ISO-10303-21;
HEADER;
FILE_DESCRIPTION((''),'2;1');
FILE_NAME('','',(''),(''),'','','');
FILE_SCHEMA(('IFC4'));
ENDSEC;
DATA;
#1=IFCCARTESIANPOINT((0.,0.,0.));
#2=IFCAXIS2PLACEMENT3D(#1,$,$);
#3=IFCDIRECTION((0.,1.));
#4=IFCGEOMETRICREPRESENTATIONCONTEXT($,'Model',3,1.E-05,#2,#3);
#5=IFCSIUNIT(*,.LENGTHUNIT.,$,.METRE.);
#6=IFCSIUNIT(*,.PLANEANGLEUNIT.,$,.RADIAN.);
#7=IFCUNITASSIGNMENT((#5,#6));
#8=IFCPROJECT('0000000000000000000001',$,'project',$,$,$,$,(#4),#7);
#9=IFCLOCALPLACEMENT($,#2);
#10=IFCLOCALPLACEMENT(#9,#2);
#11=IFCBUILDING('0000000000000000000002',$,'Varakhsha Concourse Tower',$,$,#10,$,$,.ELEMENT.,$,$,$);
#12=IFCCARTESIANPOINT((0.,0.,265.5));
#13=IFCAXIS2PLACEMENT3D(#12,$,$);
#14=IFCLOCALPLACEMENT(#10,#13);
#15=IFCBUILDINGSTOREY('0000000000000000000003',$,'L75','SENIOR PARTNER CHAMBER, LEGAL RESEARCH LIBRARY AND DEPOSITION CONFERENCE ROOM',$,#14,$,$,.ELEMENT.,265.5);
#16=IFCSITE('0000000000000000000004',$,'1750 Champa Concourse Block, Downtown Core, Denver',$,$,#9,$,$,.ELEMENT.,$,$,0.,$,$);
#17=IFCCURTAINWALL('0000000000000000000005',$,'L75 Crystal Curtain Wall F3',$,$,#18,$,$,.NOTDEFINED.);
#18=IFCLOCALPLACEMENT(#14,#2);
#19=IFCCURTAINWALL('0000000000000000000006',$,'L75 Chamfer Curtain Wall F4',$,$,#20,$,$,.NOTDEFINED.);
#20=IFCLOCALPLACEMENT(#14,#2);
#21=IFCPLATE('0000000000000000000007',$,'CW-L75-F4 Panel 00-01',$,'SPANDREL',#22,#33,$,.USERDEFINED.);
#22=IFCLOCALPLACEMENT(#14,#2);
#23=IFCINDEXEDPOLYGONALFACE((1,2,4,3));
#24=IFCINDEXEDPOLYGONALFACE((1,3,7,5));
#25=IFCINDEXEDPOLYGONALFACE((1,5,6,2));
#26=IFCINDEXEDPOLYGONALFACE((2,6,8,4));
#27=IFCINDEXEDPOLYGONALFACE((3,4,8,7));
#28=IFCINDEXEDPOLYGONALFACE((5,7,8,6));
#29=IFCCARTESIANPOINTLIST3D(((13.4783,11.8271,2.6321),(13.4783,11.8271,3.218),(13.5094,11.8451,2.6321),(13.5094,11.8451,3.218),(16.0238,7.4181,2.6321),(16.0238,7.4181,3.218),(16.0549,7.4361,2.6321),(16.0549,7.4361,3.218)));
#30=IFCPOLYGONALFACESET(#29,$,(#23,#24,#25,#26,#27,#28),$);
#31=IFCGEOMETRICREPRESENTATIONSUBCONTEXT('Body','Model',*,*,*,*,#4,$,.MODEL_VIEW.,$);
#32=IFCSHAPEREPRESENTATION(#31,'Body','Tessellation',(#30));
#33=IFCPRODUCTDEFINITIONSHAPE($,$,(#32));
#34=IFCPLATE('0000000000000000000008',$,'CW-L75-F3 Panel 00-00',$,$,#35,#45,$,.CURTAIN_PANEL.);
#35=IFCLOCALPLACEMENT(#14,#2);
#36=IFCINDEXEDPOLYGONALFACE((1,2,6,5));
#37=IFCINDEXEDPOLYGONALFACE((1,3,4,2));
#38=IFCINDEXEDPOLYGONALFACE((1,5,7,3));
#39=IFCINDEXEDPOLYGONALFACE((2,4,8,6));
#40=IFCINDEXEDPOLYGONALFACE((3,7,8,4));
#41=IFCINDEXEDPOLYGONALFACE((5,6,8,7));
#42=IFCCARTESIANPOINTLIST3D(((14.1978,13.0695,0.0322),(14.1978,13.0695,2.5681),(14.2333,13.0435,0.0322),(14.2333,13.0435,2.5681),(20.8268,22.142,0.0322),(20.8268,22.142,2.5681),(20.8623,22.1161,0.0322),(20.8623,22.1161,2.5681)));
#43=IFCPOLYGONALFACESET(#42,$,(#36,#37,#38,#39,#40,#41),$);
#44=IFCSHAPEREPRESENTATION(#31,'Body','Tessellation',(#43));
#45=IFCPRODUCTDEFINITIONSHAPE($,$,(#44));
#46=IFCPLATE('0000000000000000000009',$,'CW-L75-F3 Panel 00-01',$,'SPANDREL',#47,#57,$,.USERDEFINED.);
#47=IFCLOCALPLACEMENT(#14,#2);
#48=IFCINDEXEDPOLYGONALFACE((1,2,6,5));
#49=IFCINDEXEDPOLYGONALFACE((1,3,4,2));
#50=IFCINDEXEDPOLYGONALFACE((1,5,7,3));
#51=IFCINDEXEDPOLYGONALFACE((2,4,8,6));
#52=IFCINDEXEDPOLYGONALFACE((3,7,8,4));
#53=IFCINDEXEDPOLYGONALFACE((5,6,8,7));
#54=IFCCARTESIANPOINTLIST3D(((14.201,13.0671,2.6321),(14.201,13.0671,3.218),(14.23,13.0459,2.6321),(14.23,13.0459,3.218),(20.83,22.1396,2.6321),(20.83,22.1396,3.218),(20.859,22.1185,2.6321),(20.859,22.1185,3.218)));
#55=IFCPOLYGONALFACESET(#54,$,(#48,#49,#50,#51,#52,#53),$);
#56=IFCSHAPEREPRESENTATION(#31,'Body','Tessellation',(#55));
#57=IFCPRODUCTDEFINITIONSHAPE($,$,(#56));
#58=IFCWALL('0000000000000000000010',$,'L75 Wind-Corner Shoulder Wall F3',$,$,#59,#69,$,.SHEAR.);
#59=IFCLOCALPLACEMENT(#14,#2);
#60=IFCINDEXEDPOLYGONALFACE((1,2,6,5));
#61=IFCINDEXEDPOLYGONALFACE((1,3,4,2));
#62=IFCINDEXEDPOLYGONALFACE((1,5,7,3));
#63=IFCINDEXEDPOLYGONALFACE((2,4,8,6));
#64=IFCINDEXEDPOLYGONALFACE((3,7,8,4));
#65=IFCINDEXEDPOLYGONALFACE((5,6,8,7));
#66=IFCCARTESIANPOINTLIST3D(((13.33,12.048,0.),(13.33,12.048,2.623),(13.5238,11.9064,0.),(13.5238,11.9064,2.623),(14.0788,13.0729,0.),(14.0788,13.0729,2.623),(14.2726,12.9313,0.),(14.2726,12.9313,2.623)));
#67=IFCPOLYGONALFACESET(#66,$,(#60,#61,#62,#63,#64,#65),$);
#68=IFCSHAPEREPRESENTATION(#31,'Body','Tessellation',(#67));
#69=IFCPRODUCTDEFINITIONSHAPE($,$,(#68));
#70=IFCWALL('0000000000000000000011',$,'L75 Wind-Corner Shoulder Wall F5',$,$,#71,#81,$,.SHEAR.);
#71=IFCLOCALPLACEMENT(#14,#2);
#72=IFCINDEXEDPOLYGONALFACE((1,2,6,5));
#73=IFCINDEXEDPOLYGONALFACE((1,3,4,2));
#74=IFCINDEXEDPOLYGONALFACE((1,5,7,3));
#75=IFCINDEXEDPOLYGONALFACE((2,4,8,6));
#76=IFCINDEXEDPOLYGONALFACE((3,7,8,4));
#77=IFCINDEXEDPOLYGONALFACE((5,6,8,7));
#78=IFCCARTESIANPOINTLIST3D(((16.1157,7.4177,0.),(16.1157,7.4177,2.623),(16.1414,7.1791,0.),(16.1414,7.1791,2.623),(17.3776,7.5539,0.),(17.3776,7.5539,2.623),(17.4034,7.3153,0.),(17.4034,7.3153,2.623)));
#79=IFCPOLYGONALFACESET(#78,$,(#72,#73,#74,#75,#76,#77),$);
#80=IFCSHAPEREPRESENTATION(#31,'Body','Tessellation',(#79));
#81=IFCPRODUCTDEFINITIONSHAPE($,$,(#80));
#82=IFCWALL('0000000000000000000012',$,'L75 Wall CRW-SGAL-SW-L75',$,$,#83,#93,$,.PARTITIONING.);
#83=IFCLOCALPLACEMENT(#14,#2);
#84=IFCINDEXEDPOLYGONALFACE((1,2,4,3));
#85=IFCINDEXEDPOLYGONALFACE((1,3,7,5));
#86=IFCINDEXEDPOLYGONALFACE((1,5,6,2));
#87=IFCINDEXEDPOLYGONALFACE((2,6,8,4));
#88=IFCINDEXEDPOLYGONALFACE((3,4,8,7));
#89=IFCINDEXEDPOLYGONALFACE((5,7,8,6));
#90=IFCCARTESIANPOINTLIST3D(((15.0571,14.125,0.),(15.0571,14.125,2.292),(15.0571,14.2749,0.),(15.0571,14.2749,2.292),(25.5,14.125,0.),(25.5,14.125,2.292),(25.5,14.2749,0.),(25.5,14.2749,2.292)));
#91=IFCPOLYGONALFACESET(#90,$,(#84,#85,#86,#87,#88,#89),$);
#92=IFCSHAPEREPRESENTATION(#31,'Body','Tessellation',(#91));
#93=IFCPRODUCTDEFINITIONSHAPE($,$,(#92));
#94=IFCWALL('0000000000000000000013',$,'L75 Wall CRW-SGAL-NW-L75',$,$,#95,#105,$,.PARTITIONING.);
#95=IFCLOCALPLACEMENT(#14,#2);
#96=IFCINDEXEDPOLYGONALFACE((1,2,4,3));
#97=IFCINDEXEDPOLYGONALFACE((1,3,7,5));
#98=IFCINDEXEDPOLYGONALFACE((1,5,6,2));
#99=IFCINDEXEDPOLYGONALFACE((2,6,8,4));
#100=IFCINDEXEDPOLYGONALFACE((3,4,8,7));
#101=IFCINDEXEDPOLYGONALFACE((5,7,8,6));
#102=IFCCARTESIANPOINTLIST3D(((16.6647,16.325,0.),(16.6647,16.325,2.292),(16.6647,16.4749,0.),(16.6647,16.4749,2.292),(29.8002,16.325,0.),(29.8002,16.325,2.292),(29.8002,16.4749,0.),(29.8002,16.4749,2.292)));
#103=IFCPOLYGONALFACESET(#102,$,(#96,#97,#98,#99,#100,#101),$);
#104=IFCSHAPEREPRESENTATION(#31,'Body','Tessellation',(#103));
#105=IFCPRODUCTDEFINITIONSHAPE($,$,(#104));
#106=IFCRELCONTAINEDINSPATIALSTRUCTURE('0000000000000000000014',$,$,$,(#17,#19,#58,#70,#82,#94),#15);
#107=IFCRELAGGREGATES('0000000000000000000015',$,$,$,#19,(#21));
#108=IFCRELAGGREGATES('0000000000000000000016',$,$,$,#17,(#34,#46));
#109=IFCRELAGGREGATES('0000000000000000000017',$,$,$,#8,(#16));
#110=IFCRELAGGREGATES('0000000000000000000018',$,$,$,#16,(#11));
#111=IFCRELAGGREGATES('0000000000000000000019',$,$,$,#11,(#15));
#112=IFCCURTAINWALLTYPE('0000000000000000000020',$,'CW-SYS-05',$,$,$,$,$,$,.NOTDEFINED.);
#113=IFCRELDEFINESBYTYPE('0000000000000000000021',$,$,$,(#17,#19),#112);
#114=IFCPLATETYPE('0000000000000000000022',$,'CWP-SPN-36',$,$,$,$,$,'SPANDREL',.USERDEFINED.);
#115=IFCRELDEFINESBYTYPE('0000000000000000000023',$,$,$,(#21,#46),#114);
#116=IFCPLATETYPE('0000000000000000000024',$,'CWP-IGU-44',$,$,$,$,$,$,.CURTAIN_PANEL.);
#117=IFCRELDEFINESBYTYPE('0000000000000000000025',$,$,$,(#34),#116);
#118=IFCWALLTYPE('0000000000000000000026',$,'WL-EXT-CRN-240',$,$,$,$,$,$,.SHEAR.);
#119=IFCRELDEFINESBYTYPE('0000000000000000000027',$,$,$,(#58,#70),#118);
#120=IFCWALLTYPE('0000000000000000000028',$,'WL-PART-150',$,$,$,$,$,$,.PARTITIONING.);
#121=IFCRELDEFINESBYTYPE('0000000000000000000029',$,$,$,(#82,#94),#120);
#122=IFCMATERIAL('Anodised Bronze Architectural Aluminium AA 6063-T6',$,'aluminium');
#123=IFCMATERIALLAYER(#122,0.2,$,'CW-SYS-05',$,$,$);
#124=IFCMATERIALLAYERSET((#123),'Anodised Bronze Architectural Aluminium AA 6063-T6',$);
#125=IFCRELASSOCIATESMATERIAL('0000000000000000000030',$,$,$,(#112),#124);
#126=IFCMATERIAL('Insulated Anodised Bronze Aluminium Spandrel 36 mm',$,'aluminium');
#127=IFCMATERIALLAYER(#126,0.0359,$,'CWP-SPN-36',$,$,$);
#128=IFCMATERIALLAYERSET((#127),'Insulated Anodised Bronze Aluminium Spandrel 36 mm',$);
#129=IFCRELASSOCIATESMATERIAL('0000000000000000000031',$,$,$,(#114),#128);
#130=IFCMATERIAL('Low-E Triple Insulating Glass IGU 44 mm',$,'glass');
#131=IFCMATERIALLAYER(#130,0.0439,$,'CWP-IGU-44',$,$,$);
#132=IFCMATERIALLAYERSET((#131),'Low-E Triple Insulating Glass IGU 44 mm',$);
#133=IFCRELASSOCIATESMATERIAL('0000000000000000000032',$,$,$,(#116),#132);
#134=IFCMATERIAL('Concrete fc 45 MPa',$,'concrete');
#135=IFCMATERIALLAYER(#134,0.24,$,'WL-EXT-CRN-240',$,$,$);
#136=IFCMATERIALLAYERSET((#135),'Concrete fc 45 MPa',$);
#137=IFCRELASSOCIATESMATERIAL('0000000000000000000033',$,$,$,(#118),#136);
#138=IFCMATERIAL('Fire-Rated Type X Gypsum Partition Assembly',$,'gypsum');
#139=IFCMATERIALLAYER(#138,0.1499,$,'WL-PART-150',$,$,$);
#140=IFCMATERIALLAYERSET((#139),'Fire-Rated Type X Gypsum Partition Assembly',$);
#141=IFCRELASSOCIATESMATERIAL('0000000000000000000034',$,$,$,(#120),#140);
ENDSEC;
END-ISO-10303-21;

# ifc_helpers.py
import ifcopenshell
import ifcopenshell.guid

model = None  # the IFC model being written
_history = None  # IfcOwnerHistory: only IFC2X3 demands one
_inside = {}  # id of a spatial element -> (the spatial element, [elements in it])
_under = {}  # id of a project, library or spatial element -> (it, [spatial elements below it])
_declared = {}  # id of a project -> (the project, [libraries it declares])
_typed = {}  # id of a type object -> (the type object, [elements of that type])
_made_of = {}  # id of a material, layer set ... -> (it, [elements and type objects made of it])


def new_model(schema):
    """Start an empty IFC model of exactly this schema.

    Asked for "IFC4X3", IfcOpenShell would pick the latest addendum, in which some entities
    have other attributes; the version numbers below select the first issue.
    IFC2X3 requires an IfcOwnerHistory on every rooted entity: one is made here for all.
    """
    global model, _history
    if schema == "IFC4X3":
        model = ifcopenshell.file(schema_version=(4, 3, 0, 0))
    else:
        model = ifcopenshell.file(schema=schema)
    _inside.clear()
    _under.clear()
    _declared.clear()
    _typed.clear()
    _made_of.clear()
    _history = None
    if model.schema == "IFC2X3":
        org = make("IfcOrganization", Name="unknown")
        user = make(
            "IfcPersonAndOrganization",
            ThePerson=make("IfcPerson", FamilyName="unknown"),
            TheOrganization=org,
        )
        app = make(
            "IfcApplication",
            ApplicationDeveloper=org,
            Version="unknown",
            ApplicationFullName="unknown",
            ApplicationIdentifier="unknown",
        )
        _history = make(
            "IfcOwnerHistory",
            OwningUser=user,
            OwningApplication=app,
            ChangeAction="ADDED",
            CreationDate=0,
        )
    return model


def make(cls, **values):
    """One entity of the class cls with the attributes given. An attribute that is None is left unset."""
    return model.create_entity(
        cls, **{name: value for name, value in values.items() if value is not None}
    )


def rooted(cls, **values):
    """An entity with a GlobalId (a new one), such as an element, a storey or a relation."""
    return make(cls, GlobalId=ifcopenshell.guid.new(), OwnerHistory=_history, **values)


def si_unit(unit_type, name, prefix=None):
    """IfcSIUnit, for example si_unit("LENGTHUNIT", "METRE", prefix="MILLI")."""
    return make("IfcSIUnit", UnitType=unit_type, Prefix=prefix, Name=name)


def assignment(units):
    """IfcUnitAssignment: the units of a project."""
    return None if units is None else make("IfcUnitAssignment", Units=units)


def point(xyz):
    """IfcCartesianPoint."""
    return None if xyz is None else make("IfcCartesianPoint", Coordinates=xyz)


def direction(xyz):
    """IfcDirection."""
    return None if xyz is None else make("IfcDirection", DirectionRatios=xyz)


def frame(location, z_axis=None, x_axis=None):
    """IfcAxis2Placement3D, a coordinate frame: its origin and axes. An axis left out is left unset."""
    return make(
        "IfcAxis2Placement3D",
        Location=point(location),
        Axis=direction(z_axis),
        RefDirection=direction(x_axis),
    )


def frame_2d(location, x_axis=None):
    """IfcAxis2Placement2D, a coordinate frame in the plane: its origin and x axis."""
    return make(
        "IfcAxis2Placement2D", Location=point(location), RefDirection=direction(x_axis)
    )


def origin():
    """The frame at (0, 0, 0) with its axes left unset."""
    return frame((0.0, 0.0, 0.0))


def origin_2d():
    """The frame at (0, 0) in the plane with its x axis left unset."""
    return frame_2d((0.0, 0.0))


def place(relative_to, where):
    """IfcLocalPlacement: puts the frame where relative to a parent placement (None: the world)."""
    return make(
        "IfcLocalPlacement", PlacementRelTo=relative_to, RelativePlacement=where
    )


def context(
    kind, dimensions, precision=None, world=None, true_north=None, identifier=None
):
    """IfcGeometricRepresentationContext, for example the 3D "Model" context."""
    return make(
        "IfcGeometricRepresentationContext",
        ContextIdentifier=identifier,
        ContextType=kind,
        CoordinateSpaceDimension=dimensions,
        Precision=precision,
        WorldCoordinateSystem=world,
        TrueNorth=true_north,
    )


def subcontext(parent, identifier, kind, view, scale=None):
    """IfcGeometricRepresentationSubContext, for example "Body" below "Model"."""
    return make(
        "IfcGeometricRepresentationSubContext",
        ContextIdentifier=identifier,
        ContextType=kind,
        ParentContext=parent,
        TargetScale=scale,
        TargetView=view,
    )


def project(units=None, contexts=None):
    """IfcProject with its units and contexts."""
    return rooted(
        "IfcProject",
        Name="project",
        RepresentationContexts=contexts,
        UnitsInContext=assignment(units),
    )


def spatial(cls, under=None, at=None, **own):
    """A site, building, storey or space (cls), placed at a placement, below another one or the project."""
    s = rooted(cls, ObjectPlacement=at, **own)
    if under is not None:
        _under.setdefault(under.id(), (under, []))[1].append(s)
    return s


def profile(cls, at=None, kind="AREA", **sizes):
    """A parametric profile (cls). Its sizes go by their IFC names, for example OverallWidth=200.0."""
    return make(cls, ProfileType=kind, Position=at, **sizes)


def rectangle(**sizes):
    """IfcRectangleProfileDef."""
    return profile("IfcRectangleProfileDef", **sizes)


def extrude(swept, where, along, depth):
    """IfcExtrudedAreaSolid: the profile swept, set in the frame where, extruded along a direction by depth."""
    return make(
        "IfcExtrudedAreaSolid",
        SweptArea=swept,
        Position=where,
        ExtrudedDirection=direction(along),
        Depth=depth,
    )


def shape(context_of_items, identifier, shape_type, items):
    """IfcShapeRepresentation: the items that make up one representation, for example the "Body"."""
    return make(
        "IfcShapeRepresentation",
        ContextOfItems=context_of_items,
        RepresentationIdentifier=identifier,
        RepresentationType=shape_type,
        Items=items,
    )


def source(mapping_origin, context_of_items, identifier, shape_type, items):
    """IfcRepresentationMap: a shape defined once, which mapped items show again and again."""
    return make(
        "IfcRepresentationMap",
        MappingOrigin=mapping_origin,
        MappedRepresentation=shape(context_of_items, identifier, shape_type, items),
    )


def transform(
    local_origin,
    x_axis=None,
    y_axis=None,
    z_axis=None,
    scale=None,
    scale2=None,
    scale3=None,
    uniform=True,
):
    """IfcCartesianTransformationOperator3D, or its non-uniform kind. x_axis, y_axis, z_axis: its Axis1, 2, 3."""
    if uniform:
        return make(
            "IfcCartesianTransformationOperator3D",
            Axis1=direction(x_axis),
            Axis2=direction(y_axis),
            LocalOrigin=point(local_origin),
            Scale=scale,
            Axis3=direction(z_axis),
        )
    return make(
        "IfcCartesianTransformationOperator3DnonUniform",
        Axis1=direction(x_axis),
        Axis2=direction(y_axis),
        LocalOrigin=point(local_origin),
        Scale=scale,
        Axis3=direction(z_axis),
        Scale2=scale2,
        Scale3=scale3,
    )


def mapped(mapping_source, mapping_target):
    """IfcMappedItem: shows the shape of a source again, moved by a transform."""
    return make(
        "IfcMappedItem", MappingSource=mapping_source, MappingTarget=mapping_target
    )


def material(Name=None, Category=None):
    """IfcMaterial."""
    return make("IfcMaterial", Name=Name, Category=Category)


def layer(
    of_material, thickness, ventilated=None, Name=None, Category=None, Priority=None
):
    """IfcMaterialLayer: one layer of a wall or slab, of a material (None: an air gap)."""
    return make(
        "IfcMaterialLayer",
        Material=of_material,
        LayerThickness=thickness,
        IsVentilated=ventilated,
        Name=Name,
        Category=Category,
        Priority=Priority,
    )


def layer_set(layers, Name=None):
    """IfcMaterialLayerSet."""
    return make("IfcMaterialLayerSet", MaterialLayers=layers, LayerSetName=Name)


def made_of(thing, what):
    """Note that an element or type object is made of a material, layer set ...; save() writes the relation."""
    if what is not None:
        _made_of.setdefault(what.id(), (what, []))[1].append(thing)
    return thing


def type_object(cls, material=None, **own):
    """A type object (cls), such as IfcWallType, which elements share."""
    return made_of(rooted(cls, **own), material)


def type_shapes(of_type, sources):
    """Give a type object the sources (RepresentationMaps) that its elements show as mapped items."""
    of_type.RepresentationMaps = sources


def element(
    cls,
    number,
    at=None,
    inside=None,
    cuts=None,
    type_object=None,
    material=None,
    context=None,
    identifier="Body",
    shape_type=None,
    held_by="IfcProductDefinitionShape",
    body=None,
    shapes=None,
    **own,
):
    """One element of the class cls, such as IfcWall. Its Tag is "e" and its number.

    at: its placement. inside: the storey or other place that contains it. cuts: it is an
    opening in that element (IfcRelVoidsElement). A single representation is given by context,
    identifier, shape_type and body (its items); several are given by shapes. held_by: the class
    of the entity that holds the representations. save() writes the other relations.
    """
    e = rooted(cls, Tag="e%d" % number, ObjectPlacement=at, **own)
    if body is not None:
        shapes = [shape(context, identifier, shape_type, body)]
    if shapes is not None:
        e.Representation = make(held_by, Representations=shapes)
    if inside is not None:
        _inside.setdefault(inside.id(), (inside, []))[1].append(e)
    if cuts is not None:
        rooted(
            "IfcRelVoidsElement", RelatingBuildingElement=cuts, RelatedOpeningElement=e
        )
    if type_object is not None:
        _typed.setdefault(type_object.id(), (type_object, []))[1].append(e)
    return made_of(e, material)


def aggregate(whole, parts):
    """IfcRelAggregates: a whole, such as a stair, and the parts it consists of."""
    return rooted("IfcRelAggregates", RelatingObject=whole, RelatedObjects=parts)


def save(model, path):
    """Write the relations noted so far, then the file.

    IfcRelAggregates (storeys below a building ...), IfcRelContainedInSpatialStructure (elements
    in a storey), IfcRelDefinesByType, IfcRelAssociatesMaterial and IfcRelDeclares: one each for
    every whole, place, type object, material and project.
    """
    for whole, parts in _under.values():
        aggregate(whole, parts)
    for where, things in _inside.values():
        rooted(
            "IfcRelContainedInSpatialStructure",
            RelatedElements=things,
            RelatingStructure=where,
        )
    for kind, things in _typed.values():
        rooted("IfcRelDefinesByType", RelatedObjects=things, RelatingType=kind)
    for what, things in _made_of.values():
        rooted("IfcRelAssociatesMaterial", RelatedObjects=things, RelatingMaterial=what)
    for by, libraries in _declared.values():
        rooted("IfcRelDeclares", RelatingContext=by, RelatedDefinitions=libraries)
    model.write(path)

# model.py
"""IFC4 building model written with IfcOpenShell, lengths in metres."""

from ifc_helpers import new_model, si_unit, direction, frame, frame_2d, origin, origin_2d, place, context, subcontext, project, spatial, rectangle, extrude, source, transform, mapped, material, layer, layer_set, type_object, type_shapes, element, aggregate, save


model = new_model("IFC4")

# Units and contexts
model_context = context("Model", 3, precision=1e-05, world=origin(), true_north=direction((0.0, 1.0)))
body_context = subcontext(model_context, "Body", "Model", "MODEL_VIEW")
ifc_project = project(units=[si_unit("LENGTHUNIT", "METRE"), si_unit("PLANEANGLEUNIT", "RADIAN")], contexts=[model_context])

# Site, building, storey
site_placement = place(None, origin())
site = spatial("IfcSite", under=ifc_project, at=site_placement, Name="1750 Champa Concourse Block, Downtown Core, Denver", CompositionType="ELEMENT", RefElevation=0.0)
building_placement = place(site_placement, origin())
building = spatial("IfcBuilding", under=site, at=building_placement, Name="Varakhsha Concourse Tower", CompositionType="ELEMENT")
storey_placement = place(building_placement, frame((0.0, 0.0, 265.5)))
storey = spatial("IfcBuildingStorey", under=building, at=storey_placement, Name="L75", Description="SENIOR PARTNER CHAMBER, LEGAL RESEARCH LIBRARY AND DEPOSITION CONFERENCE ROOM", CompositionType="ELEMENT", Elevation=265.5)

# Curtain wall
ifc_material_1 = material(Name="Anodised Bronze Architectural Aluminium AA 6063-T6", Category="aluminium")
ifc_layer_1 = layer(ifc_material_1, 0.2, Name="CW-SYS-05")
ifc_layer_set_1 = layer_set([ifc_layer_1], Name="Anodised Bronze Architectural Aluminium AA 6063-T6")
curtain_wall_type = type_object("IfcCurtainWallType", Name="CW-SYS-05", PredefinedType="NOTDEFINED", material=ifc_layer_set_1)
curtain_wall_1_placement = place(storey_placement, origin())
curtain_wall_1 = element("IfcCurtainWall", 1, at=curtain_wall_1_placement, inside=storey, type_object=curtain_wall_type, Name="L75 Crystal Curtain Wall F3", PredefinedType="NOTDEFINED")

# Curtain wall
curtain_wall_2_placement = place(storey_placement, origin())
curtain_wall_2 = element("IfcCurtainWall", 2, at=curtain_wall_2_placement, inside=storey, type_object=curtain_wall_type, Name="L75 Chamfer Curtain Wall F4", PredefinedType="NOTDEFINED")

# Shared definitions
ifc_material_2 = material(Name="Concrete fc 45 MPa", Category="concrete")

# Plates
ifc_material_3 = material(Name="Insulated Anodised Bronze Aluminium Spandrel 36 mm", Category="aluminium")
ifc_layer_2 = layer(ifc_material_3, 0.0359, Name="CWP-SPN-36")
ifc_layer_set_2 = layer_set([ifc_layer_2], Name="Insulated Anodised Bronze Aluminium Spandrel 36 mm")
plate_type_1 = type_object("IfcPlateType", Name="CWP-SPN-36", ElementType="SPANDREL", PredefinedType="USERDEFINED", material=ifc_layer_set_2)
shared_shape_1 = source(origin(), body_context, "Body", "SweptSolid", [
    extrude(rectangle(XDim=5.0911, YDim=0.0359, at=origin_2d()), origin(), (0.0, 0.0, 1.0), 0.5859),
])
plate_1_placement = place(storey_placement, frame((14.7666, 9.6316, 2.6321), z_axis=(0.0, 0.0, 1.0), x_axis=(-0.499991, 0.866031, 0.0)))
plate_1 = element("IfcPlate", 3, at=plate_1_placement, type_object=plate_type_1, Name="CW-L75-F4 Panel 00-01", ObjectType="SPANDREL", PredefinedType="USERDEFINED", context=body_context, shape_type="MappedRepresentation", body=[
    mapped(shared_shape_1, transform((0.0, 0.0, 0.0), scale=1.0)),
])
aggregate(curtain_wall_2, [plate_1])
ifc_material_4 = material(Name="Low-E Triple Insulating Glass IGU 44 mm", Category="glass")
ifc_layer_3 = layer(ifc_material_4, 0.0439, Name="CWP-IGU-44")
ifc_layer_set_3 = layer_set([ifc_layer_3], Name="Low-E Triple Insulating Glass IGU 44 mm")
plate_type_2 = type_object("IfcPlateType", Name="CWP-IGU-44", PredefinedType="CURTAIN_PANEL", material=ifc_layer_set_3)
shared_shape_2 = source(origin(), body_context, "Body", "SweptSolid", [
    extrude(rectangle(XDim=11.2363, YDim=0.0439, at=origin_2d()), origin(), (0.0, 0.0, 1.0), 2.5359),
])
type_shapes(plate_type_2, [shared_shape_2])
plate_2_placement = place(storey_placement, frame((17.53, 17.5928, 0.0322), z_axis=(0.0, 0.0, 1.0), x_axis=(0.58996, 0.807432, 0.0)))
plate_2 = element("IfcPlate", 4, at=plate_2_placement, type_object=plate_type_2, Name="CW-L75-F3 Panel 00-00", PredefinedType="CURTAIN_PANEL", context=body_context, shape_type="MappedRepresentation", body=[
    mapped(shared_shape_2, transform((0.0, 0.0, 0.0), scale=1.0)),
])
shared_shape_3 = source(origin(), body_context, "Body", "SweptSolid", [
    extrude(rectangle(XDim=11.2363, YDim=0.0359, at=origin_2d()), origin(), (0.0, 0.0, 1.0), 0.5859),
])
plate_3_placement = place(storey_placement, frame((17.53, 17.5928, 2.6321), z_axis=(0.0, 0.0, 1.0), x_axis=(0.58996, 0.807432, 0.0)))
plate_3 = element("IfcPlate", 5, at=plate_3_placement, type_object=plate_type_1, Name="CW-L75-F3 Panel 00-01", ObjectType="SPANDREL", PredefinedType="USERDEFINED", context=body_context, shape_type="MappedRepresentation", body=[
    mapped(shared_shape_3, transform((0.0, 0.0, 0.0), scale=1.0)),
])
aggregate(curtain_wall_1, [plate_2, plate_3])

# Walls
ifc_layer_4 = layer(ifc_material_2, 0.24, Name="WL-EXT-CRN-240")
ifc_layer_set_4 = layer_set([ifc_layer_4], Name="Concrete fc 45 MPa")
wall_type_1 = type_object("IfcWallType", Name="WL-EXT-CRN-240", PredefinedType="SHEAR", material=ifc_layer_set_4)
for number, where, z_axis, x_axis, name in (
    (6, (14.1758, 13.0022, 0.0), (0.0, 0.0, 1.0), (-0.58992, -0.807462, 0.0), "L75 Wind-Corner Shoulder Wall F3"),
    (7, (16.1284, 7.2983, 0.0), (0.0, 0.0, 1.0), (0.994224, 0.107328, 0.0), "L75 Wind-Corner Shoulder Wall F5"),
):
    element("IfcWall", number, at=place(storey_placement, frame(where, z_axis=z_axis, x_axis=x_axis)), inside=storey, type_object=wall_type_1, Name=name, PredefinedType="SHEAR", context=body_context, shape_type="SweptSolid", body=[
        extrude(rectangle(XDim=1.2693, YDim=0.24, at=frame_2d((0.6348, 0.0))), origin(), (0.0, 0.0, 1.0), 2.623),
    ])
ifc_material_5 = material(Name="Fire-Rated Type X Gypsum Partition Assembly", Category="gypsum")
ifc_layer_5 = layer(ifc_material_5, 0.1499, Name="WL-PART-150")
ifc_layer_set_5 = layer_set([ifc_layer_5], Name="Fire-Rated Type X Gypsum Partition Assembly")
wall_type_2 = type_object("IfcWallType", Name="WL-PART-150", PredefinedType="PARTITIONING", material=ifc_layer_set_5)
wall_1_placement = place(storey_placement, frame((15.0571, 14.2, 0.0), z_axis=(0.0, 0.0, 1.0), x_axis=(1.0, 0.0, 0.0)))
element("IfcWall", 8, at=wall_1_placement, inside=storey, type_object=wall_type_2, Name="L75 Wall CRW-SGAL-SW-L75", PredefinedType="PARTITIONING", context=body_context, shape_type="SweptSolid", body=[
    extrude(rectangle(XDim=10.4429, YDim=0.1499, at=frame_2d((5.2214, 0.0))), origin(), (0.0, 0.0, 1.0), 2.292),
])
wall_2_placement = place(storey_placement, frame((16.6646, 16.3999, 0.0), z_axis=(0.0, 0.0, 1.0), x_axis=(1.0, 0.0, 0.0)))
element("IfcWall", 9, at=wall_2_placement, inside=storey, type_object=wall_type_2, Name="L75 Wall CRW-SGAL-NW-L75", PredefinedType="PARTITIONING", context=body_context, shape_type="SweptSolid", body=[
    extrude(rectangle(XDim=13.1355, YDim=0.1499, at=frame_2d((6.5679, 0.0))), origin(), (0.0, 0.0, 1.0), 2.292),
])

save(model, "model.ifc")
